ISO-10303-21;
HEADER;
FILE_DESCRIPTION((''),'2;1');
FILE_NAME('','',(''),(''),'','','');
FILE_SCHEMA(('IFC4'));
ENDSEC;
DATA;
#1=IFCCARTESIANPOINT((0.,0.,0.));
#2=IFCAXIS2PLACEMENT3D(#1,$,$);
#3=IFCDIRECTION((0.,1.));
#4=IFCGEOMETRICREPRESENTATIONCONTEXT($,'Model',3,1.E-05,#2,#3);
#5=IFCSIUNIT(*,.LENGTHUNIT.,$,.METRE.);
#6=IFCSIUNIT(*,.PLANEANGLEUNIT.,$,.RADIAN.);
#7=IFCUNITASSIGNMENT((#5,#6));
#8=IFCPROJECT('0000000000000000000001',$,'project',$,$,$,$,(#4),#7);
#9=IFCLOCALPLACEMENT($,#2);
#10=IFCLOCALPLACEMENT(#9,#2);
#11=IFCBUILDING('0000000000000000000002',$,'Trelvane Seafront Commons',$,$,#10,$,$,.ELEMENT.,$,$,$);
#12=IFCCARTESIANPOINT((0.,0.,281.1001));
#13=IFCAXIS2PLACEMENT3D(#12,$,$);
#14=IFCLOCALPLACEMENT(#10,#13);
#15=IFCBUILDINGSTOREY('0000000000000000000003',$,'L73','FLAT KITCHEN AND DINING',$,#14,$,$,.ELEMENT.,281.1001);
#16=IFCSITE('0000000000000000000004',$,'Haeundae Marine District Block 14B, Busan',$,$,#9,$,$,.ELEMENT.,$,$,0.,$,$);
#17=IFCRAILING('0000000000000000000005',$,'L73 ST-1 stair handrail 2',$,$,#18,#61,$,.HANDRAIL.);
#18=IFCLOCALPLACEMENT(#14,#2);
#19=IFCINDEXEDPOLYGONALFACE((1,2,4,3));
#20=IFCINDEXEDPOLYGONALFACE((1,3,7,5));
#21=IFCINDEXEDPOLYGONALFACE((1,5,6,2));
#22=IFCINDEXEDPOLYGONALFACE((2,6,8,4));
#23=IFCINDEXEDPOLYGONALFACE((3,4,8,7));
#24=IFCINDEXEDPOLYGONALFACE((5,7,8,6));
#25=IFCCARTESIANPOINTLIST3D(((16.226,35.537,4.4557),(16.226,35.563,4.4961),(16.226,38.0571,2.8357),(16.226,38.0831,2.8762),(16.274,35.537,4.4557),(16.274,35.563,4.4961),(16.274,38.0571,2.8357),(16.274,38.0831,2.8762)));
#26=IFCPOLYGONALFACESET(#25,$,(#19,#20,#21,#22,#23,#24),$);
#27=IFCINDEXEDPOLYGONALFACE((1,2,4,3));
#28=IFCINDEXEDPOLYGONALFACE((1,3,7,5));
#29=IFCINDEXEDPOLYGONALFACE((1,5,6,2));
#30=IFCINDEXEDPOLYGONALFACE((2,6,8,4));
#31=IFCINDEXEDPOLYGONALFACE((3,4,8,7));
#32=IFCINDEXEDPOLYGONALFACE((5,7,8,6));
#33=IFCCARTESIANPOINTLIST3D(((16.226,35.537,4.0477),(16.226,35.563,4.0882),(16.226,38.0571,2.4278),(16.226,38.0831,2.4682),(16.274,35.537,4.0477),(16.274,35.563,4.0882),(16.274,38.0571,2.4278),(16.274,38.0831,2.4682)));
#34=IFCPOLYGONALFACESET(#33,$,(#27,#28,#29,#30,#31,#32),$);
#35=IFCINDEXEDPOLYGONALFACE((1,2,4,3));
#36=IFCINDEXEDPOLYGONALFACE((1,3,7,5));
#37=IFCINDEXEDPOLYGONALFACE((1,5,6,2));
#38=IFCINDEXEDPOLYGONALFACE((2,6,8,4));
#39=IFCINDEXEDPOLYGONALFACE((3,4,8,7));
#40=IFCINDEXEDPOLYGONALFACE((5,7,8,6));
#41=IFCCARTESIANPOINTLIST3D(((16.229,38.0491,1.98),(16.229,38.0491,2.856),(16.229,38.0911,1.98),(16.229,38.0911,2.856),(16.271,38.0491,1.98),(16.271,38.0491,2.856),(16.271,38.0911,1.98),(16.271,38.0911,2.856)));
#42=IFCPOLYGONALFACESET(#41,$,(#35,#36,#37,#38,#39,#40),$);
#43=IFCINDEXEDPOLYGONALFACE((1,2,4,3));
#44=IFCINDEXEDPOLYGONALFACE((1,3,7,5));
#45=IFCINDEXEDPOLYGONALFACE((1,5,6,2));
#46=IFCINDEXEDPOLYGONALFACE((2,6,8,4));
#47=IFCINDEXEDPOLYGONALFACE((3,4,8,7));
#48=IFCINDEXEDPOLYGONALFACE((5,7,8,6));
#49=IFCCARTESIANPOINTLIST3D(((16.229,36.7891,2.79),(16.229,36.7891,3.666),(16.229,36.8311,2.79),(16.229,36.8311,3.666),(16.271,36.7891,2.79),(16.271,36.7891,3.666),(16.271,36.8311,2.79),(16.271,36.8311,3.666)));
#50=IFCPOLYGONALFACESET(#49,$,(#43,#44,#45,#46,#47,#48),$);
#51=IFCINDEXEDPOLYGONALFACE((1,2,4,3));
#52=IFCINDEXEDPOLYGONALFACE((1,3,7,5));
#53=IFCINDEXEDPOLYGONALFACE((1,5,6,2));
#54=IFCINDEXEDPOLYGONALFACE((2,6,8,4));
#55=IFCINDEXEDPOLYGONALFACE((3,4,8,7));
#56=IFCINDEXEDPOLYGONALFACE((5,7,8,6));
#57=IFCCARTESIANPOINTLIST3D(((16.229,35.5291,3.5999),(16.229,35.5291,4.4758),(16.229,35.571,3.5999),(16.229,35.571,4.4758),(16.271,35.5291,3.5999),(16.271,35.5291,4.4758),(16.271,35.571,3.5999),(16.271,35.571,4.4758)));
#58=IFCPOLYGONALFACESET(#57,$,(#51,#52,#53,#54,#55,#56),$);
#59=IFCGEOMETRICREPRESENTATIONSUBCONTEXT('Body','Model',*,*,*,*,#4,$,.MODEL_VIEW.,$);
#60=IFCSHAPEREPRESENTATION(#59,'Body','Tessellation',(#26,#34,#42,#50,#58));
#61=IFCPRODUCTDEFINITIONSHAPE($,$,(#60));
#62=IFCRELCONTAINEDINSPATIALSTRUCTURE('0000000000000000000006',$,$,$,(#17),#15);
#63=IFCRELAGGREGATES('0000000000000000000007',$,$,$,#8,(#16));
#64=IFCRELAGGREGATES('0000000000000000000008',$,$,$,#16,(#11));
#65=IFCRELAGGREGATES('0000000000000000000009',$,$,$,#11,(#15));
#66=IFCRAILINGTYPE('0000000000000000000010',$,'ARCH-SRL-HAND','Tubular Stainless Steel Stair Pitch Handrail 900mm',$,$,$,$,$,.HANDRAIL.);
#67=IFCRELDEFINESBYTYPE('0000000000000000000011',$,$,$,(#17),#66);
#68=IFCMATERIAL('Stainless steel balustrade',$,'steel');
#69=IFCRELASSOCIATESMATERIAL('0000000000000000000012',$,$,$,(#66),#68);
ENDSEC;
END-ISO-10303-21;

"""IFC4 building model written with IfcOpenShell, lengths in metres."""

from ifc_helpers import new_model, si_unit, direction, frame, origin, origin_2d, place, context, subcontext, project, spatial, rectangle, extrude, material, type_object, element, save


model = new_model("IFC4")

# Units and contexts
model_context = context("Model", 3, precision=1e-05, world=origin(), true_north=direction((0.0, 1.0)))
body_context = subcontext(model_context, "Body", "Model", "MODEL_VIEW")
ifc_project = project(units=[si_unit("LENGTHUNIT", "METRE"), si_unit("PLANEANGLEUNIT", "RADIAN")], contexts=[model_context])

# Site, building, storey
site_placement = place(None, origin())
site = spatial("IfcSite", under=ifc_project, at=site_placement, Name="Haeundae Marine District Block 14B, Busan", CompositionType="ELEMENT", RefElevation=0.0)
building_placement = place(site_placement, origin())
building = spatial("IfcBuilding", under=site, at=building_placement, Name="Trelvane Seafront Commons", CompositionType="ELEMENT")
storey_placement = place(building_placement, frame((0.0, 0.0, 281.1001)))
storey = spatial("IfcBuildingStorey", under=building, at=storey_placement, Name="L73", Description="FLAT KITCHEN AND DINING", CompositionType="ELEMENT", Elevation=281.1001)

# Shared definitions
ifc_material_1 = material(Name="Stainless steel balustrade", Category="steel")

# Railing
railing_type_1 = type_object("IfcRailingType", Name="ARCH-SRL-HAND", Description="Tubular Stainless Steel Stair Pitch Handrail 900mm", PredefinedType="HANDRAIL", material=ifc_material_1)
railing_1_placement = place(storey_placement, frame((16.25, 38.0701, 1.98)))
element("IfcRailing", 1, at=railing_1_placement, inside=storey, type_object=railing_type_1, Name="L73 ST-1 stair handrail 2", PredefinedType="HANDRAIL", context=body_context, shape_type="SweptSolid", body=[
    extrude(rectangle(XDim=0.0481, YDim=0.0481, at=origin_2d()), frame((0.0, 0.0, 0.876), z_axis=(0.0, -0.8412, 0.540725), x_axis=(1.0, 0.0, 0.0)), (0.0, 0.0, 1.0), 2.9958),
    extrude(rectangle(XDim=0.0481, YDim=0.0481, at=origin_2d()), frame((0.0, 0.0, 0.468), z_axis=(0.0, -0.8412, 0.540725), x_axis=(1.0, 0.0, 0.0)), (0.0, 0.0, 1.0), 2.9958),
    extrude(rectangle(XDim=0.042, YDim=0.042, at=origin_2d()), origin(), (0.0, 0.0, 1.0), 0.876),
    extrude(rectangle(XDim=0.042, YDim=0.042, at=origin_2d()), frame((0.0, -1.26, 0.8101)), (0.0, 0.0, 1.0), 0.876),
    extrude(rectangle(XDim=0.042, YDim=0.042, at=origin_2d()), frame((0.0, -2.52, 1.6199)), (0.0, 0.0, 1.0), 0.876),
])

save(model, "model.ifc")
